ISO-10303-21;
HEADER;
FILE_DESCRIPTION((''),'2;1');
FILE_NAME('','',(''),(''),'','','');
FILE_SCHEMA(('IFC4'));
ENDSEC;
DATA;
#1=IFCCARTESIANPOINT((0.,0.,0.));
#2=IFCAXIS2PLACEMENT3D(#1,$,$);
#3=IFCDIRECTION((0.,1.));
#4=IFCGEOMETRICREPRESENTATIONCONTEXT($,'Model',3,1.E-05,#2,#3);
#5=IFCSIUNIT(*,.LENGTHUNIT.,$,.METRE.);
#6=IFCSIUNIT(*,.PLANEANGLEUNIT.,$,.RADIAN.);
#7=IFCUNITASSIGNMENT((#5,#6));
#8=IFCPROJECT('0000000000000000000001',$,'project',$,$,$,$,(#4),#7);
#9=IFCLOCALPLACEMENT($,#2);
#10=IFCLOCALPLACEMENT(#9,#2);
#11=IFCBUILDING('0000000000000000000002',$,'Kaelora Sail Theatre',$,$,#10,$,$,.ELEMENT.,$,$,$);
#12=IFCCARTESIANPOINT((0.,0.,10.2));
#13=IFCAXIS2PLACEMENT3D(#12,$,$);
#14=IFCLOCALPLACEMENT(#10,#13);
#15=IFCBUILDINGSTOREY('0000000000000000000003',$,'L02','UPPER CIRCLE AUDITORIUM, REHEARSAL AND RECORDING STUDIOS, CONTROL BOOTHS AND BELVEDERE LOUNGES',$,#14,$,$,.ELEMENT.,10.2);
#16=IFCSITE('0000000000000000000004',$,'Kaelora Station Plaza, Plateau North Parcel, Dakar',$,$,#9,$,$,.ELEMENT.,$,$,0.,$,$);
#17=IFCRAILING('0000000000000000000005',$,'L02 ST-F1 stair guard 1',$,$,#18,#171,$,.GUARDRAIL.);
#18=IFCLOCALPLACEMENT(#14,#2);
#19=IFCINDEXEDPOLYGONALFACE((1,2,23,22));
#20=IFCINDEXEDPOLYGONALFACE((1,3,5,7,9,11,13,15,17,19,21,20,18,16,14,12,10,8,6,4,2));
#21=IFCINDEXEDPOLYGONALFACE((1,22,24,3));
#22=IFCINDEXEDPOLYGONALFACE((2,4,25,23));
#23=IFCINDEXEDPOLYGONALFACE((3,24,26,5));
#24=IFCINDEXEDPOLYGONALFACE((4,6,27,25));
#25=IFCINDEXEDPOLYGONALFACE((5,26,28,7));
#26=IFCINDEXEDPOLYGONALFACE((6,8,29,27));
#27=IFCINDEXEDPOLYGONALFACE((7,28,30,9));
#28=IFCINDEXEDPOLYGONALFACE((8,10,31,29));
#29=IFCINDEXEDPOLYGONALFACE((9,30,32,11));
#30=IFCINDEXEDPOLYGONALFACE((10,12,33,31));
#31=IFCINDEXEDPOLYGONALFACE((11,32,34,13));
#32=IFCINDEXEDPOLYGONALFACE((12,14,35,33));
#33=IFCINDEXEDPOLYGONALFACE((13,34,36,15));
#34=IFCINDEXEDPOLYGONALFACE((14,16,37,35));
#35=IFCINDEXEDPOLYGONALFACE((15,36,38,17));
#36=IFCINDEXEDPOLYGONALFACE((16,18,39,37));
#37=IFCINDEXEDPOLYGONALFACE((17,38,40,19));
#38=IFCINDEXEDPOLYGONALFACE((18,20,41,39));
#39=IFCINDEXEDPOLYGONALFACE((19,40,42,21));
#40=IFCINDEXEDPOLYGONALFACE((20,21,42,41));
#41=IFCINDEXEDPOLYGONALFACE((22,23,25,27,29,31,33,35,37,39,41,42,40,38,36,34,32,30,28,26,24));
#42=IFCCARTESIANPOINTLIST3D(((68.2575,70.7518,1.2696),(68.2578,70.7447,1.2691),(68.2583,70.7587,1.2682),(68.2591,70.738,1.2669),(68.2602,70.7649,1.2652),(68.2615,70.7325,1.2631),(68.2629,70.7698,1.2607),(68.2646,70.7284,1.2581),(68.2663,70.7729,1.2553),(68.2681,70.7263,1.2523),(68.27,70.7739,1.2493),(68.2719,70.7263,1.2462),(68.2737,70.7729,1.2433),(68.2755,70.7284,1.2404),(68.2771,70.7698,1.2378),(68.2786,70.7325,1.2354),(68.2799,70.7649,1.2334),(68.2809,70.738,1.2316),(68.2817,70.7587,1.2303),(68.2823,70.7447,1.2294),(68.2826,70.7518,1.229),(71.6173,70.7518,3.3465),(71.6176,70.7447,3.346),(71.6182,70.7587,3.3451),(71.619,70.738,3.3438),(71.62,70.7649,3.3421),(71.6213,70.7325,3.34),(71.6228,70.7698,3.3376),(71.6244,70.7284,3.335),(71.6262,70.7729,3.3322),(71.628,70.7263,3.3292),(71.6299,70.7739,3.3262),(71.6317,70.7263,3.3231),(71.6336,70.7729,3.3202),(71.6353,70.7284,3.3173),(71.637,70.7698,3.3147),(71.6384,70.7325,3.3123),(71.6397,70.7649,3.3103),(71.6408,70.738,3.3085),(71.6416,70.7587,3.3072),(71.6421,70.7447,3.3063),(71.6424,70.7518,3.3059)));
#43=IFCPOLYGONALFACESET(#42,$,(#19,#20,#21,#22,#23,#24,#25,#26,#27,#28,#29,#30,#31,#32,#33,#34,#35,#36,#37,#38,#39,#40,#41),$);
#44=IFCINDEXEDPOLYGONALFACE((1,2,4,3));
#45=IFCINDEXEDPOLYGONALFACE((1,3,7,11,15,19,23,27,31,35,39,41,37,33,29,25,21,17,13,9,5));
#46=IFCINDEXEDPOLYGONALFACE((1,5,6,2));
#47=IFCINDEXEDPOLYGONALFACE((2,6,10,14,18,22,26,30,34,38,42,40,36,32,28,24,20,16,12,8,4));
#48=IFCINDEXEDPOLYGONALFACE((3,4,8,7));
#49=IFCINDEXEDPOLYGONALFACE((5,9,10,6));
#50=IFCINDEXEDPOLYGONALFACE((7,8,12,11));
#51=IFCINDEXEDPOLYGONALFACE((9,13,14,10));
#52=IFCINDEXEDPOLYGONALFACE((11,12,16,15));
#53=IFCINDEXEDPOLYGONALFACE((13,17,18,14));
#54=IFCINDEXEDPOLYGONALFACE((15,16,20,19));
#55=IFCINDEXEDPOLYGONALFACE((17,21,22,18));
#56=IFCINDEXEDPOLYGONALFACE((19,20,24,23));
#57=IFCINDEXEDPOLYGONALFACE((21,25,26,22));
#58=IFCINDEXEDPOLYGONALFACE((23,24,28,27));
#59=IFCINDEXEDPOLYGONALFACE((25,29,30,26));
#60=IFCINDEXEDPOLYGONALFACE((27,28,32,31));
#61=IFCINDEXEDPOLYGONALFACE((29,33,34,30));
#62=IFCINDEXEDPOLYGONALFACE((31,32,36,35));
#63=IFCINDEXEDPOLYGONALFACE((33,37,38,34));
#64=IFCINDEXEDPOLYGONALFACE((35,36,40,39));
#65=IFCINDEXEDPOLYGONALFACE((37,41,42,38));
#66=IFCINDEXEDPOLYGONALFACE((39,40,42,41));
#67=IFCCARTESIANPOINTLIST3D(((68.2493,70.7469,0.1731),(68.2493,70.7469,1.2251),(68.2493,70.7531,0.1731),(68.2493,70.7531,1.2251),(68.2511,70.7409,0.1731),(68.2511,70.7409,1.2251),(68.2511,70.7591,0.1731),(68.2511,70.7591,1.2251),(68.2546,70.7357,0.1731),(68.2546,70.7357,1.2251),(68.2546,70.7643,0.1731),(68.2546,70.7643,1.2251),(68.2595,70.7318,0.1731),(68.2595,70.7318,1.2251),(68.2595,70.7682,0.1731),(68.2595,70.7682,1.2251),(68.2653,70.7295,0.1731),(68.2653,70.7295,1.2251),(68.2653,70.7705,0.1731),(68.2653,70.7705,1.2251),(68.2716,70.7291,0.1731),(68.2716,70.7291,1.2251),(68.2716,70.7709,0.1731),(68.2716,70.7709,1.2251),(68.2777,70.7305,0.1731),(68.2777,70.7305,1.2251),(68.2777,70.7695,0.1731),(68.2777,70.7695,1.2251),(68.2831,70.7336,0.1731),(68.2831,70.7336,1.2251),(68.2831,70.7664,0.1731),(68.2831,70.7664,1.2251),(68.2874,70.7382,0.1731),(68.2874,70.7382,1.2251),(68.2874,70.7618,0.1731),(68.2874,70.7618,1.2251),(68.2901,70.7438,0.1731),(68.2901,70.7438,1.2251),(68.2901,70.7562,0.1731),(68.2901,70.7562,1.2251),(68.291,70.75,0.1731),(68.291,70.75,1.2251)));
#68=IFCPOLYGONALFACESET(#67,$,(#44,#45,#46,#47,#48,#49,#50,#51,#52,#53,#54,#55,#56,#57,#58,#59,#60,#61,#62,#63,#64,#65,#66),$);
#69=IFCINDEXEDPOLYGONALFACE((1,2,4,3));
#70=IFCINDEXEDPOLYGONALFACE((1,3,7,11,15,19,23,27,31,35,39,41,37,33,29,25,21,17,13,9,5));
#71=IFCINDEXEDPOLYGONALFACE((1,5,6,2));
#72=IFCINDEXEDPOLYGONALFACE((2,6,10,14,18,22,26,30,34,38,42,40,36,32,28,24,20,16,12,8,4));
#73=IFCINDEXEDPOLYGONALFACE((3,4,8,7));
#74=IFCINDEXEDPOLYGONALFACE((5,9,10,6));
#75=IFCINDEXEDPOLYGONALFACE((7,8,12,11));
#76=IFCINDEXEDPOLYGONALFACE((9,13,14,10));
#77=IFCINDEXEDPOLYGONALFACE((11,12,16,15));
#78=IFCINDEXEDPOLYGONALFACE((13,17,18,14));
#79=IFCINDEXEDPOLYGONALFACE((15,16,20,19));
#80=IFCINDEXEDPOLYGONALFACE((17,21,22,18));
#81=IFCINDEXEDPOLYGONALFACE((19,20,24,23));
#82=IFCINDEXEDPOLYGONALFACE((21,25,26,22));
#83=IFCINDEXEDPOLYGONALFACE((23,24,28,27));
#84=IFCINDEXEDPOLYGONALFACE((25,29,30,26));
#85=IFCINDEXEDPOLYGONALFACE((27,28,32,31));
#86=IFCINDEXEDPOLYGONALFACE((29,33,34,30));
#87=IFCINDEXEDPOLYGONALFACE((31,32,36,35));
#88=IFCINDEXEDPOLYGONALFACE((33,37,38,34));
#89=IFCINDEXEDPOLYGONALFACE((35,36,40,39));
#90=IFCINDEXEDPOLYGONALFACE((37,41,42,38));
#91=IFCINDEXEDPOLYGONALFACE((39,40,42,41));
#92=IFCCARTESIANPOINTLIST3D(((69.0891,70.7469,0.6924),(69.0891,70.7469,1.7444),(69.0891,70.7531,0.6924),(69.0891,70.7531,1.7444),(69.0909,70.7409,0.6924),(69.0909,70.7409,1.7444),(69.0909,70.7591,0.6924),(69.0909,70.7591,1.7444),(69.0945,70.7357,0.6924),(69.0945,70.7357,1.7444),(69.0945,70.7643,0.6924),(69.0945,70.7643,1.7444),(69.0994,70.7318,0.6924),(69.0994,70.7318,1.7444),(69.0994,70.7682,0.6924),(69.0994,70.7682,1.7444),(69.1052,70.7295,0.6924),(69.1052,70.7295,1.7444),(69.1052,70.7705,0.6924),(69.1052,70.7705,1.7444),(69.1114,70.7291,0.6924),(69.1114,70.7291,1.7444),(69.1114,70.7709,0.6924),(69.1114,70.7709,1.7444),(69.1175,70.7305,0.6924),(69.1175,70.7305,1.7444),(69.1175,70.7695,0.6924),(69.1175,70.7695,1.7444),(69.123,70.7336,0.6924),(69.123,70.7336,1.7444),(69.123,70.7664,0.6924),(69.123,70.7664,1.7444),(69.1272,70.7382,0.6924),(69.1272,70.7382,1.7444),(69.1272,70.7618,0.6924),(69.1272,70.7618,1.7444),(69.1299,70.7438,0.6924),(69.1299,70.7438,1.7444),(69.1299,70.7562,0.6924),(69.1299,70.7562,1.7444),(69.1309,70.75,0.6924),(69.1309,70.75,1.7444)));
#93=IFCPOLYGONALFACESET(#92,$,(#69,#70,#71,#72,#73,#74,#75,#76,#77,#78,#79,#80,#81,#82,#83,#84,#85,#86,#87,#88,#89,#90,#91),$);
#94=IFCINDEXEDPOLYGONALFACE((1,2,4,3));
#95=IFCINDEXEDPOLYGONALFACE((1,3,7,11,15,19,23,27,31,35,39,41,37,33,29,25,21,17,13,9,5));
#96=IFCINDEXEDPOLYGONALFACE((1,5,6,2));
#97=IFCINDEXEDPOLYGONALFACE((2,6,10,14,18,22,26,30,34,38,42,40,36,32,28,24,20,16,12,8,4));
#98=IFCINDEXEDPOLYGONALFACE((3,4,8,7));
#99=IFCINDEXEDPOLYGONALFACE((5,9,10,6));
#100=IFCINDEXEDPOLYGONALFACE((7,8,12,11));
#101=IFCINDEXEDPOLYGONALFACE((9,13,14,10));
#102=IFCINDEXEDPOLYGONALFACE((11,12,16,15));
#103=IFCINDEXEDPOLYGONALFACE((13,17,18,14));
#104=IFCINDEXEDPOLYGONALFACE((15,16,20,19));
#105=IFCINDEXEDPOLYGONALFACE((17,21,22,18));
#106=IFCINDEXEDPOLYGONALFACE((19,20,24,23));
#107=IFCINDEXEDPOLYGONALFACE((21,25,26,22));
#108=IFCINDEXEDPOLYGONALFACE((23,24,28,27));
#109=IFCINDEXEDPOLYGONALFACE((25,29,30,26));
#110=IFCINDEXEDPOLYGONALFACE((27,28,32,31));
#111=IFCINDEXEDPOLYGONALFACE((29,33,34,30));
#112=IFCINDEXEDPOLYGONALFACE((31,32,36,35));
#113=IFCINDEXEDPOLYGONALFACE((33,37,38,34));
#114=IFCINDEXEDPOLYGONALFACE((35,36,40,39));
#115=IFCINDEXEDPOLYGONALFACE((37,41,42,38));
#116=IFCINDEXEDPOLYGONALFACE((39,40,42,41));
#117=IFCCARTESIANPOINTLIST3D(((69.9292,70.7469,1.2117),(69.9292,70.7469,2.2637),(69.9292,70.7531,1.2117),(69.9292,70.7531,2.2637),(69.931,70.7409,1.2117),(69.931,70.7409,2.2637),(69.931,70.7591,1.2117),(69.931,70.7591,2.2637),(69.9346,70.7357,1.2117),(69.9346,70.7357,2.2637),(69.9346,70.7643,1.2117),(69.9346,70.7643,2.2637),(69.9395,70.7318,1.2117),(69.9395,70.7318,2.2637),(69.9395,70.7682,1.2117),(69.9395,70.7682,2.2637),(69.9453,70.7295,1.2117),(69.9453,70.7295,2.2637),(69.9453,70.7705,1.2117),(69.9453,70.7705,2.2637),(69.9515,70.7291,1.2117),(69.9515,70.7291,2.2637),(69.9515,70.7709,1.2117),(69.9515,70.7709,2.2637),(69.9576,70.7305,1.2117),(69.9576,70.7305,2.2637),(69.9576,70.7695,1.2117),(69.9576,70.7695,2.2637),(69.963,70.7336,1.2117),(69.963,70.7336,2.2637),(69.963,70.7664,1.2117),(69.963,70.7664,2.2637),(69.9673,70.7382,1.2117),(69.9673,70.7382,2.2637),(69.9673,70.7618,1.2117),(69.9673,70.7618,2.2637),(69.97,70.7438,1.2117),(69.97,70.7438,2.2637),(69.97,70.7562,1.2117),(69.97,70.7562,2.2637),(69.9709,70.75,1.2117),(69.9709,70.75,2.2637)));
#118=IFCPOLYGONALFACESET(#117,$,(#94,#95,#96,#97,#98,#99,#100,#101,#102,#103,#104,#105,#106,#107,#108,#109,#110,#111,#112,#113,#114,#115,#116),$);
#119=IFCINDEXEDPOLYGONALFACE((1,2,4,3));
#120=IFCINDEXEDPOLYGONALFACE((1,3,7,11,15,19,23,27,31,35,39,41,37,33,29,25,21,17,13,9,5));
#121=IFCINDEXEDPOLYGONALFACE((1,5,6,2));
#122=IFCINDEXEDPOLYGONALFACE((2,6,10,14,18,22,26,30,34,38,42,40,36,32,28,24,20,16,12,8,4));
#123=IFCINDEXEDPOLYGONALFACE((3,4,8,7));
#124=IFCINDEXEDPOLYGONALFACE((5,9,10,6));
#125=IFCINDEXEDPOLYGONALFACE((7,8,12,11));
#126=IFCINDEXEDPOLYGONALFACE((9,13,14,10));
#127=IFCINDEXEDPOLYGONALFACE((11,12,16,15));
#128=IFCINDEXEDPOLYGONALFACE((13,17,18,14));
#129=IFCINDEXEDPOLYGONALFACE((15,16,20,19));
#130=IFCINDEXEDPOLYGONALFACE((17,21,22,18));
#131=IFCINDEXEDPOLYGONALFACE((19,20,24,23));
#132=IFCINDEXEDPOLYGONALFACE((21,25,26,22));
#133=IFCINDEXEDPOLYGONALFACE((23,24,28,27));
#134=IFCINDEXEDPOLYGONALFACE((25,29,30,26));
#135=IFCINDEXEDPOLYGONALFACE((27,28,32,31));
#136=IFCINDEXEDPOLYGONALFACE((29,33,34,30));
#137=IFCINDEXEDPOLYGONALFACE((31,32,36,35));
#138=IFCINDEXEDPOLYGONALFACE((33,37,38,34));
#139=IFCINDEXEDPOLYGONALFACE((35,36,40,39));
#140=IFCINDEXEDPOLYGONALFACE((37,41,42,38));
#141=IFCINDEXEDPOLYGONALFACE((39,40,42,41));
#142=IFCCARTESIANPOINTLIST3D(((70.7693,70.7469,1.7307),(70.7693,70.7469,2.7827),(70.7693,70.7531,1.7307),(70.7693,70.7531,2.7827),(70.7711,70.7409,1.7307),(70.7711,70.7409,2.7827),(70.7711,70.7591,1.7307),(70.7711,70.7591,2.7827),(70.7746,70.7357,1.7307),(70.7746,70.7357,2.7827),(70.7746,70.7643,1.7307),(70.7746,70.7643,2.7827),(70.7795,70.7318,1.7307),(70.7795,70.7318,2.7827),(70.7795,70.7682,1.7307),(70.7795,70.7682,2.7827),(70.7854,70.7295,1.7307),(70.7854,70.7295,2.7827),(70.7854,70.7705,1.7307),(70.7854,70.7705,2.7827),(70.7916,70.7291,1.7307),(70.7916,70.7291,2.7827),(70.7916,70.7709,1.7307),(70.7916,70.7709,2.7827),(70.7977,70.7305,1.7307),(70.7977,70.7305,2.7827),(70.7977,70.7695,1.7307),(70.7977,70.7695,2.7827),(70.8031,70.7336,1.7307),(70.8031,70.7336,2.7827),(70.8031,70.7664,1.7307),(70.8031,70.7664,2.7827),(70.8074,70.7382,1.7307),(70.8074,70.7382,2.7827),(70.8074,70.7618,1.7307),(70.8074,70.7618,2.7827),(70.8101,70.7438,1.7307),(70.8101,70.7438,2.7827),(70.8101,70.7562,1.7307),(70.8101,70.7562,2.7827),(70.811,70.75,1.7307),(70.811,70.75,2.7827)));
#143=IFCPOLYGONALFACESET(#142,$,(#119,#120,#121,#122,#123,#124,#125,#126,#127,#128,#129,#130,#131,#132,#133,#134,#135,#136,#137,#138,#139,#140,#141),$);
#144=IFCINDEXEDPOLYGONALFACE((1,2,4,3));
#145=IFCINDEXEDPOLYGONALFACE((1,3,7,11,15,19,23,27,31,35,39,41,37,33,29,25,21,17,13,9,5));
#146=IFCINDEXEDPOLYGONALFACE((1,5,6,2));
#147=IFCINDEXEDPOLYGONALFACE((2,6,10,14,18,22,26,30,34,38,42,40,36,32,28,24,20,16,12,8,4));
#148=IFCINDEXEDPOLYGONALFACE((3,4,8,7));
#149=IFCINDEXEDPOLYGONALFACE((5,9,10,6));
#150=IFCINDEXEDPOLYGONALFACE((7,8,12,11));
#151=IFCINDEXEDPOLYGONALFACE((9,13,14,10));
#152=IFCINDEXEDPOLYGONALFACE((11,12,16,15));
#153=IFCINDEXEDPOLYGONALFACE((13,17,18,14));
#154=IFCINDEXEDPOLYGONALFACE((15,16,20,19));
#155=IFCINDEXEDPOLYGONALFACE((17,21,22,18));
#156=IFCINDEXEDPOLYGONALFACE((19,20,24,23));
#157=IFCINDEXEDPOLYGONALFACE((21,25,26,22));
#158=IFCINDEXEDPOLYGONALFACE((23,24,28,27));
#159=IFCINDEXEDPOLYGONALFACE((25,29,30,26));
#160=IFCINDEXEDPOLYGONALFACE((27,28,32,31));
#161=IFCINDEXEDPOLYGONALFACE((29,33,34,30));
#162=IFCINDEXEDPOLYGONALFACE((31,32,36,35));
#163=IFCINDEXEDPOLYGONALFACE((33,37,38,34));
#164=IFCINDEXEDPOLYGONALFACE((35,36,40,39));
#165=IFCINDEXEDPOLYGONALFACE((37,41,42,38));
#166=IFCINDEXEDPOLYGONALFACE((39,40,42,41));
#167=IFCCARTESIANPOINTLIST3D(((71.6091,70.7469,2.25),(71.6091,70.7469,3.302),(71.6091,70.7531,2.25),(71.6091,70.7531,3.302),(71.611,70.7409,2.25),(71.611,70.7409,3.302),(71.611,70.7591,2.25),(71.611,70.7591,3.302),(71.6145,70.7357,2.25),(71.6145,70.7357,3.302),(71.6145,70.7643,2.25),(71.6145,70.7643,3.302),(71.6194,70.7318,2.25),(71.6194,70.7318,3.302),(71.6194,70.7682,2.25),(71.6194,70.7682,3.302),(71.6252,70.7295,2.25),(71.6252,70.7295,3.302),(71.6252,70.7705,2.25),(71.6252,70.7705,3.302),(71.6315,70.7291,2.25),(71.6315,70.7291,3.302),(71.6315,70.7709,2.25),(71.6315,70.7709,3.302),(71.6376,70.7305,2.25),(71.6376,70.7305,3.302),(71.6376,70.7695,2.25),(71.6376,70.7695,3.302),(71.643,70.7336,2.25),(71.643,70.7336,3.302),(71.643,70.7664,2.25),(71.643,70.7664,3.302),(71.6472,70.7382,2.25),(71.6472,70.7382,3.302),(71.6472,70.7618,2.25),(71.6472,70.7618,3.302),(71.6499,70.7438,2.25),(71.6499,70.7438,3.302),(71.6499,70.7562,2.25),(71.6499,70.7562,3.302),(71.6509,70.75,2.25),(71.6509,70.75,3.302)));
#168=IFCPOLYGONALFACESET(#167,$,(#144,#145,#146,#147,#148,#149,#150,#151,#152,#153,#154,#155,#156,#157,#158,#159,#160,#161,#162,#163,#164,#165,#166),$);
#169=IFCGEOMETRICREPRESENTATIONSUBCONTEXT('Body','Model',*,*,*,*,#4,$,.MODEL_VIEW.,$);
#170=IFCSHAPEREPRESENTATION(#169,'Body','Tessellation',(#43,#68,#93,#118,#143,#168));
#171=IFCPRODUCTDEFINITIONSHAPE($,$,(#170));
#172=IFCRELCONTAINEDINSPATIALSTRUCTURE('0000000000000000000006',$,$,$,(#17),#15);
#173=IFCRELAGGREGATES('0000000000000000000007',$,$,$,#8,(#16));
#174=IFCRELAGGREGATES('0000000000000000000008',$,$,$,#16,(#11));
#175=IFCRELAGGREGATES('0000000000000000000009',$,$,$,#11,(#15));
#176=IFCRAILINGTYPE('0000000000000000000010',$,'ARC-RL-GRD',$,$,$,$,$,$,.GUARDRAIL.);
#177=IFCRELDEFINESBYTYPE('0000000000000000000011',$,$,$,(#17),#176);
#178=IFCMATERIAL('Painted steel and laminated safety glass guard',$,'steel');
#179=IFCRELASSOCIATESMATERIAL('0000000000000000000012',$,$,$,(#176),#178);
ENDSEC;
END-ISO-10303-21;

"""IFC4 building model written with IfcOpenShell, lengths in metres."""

from ifc_helpers import new_model, si_unit, direction, frame, origin, origin_2d, place, context, subcontext, project, spatial, circle, extrude, material, type_object, element, save


model = new_model("IFC4")

# Units and contexts
model_context = context("Model", 3, precision=1e-05, world=origin(), true_north=direction((0.0, 1.0)))
body_context = subcontext(model_context, "Body", "Model", "MODEL_VIEW")
ifc_project = project(units=[si_unit("LENGTHUNIT", "METRE"), si_unit("PLANEANGLEUNIT", "RADIAN")], contexts=[model_context])

# Site, building, storey
site_placement = place(None, origin())
site = spatial("IfcSite", under=ifc_project, at=site_placement, Name="Kaelora Station Plaza, Plateau North Parcel, Dakar", CompositionType="ELEMENT", RefElevation=0.0)
building_placement = place(site_placement, origin())
building = spatial("IfcBuilding", under=site, at=building_placement, Name="Kaelora Sail Theatre", CompositionType="ELEMENT")
storey_placement = place(building_placement, frame((0.0, 0.0, 10.2)))
storey = spatial("IfcBuildingStorey", under=building, at=storey_placement, Name="L02", Description="UPPER CIRCLE AUDITORIUM, REHEARSAL AND RECORDING STUDIOS, CONTROL BOOTHS AND BELVEDERE LOUNGES", CompositionType="ELEMENT", Elevation=10.2)

# Railing
ifc_material_1 = material(Name="Painted steel and laminated safety glass guard", Category="steel")
railing_type_1 = type_object("IfcRailingType", Name="ARC-RL-GRD", PredefinedType="GUARDRAIL", material=ifc_material_1)
railing_1_placement = place(storey_placement, frame((68.27, 70.75, 0.1731)))
element("IfcRailing", 1, at=railing_1_placement, inside=storey, type_object=railing_type_1, Name="L02 ST-F1 stair guard 1", PredefinedType="GUARDRAIL", context=body_context, shape_type="SweptSolid", body=[
    extrude(circle(Radius=0.0239, at=origin_2d()), frame((0.0, 0.0, 1.0762), z_axis=(0.850606, 0.0, 0.525803), x_axis=(0.0, 1.0, 0.0)), (0.0, 0.0, 1.0), 3.95),
    extrude(circle(Radius=0.021, at=origin_2d()), origin(), (0.0, 0.0, 1.0), 1.052),
    extrude(circle(Radius=0.021, at=origin_2d()), frame((0.8398, 0.0, 0.5193)), (0.0, 0.0, 1.0), 1.052),
    extrude(circle(Radius=0.021, at=origin_2d()), frame((1.6799, 0.0, 1.0386)), (0.0, 0.0, 1.0), 1.052),
    extrude(circle(Radius=0.021, at=origin_2d()), frame((2.52, 0.0, 1.5576)), (0.0, 0.0, 1.0), 1.052),
    extrude(circle(Radius=0.021, at=origin_2d()), frame((3.3599, 0.0, 2.0769)), (0.0, 0.0, 1.0), 1.052),
])

save(model, "model.ifc")
